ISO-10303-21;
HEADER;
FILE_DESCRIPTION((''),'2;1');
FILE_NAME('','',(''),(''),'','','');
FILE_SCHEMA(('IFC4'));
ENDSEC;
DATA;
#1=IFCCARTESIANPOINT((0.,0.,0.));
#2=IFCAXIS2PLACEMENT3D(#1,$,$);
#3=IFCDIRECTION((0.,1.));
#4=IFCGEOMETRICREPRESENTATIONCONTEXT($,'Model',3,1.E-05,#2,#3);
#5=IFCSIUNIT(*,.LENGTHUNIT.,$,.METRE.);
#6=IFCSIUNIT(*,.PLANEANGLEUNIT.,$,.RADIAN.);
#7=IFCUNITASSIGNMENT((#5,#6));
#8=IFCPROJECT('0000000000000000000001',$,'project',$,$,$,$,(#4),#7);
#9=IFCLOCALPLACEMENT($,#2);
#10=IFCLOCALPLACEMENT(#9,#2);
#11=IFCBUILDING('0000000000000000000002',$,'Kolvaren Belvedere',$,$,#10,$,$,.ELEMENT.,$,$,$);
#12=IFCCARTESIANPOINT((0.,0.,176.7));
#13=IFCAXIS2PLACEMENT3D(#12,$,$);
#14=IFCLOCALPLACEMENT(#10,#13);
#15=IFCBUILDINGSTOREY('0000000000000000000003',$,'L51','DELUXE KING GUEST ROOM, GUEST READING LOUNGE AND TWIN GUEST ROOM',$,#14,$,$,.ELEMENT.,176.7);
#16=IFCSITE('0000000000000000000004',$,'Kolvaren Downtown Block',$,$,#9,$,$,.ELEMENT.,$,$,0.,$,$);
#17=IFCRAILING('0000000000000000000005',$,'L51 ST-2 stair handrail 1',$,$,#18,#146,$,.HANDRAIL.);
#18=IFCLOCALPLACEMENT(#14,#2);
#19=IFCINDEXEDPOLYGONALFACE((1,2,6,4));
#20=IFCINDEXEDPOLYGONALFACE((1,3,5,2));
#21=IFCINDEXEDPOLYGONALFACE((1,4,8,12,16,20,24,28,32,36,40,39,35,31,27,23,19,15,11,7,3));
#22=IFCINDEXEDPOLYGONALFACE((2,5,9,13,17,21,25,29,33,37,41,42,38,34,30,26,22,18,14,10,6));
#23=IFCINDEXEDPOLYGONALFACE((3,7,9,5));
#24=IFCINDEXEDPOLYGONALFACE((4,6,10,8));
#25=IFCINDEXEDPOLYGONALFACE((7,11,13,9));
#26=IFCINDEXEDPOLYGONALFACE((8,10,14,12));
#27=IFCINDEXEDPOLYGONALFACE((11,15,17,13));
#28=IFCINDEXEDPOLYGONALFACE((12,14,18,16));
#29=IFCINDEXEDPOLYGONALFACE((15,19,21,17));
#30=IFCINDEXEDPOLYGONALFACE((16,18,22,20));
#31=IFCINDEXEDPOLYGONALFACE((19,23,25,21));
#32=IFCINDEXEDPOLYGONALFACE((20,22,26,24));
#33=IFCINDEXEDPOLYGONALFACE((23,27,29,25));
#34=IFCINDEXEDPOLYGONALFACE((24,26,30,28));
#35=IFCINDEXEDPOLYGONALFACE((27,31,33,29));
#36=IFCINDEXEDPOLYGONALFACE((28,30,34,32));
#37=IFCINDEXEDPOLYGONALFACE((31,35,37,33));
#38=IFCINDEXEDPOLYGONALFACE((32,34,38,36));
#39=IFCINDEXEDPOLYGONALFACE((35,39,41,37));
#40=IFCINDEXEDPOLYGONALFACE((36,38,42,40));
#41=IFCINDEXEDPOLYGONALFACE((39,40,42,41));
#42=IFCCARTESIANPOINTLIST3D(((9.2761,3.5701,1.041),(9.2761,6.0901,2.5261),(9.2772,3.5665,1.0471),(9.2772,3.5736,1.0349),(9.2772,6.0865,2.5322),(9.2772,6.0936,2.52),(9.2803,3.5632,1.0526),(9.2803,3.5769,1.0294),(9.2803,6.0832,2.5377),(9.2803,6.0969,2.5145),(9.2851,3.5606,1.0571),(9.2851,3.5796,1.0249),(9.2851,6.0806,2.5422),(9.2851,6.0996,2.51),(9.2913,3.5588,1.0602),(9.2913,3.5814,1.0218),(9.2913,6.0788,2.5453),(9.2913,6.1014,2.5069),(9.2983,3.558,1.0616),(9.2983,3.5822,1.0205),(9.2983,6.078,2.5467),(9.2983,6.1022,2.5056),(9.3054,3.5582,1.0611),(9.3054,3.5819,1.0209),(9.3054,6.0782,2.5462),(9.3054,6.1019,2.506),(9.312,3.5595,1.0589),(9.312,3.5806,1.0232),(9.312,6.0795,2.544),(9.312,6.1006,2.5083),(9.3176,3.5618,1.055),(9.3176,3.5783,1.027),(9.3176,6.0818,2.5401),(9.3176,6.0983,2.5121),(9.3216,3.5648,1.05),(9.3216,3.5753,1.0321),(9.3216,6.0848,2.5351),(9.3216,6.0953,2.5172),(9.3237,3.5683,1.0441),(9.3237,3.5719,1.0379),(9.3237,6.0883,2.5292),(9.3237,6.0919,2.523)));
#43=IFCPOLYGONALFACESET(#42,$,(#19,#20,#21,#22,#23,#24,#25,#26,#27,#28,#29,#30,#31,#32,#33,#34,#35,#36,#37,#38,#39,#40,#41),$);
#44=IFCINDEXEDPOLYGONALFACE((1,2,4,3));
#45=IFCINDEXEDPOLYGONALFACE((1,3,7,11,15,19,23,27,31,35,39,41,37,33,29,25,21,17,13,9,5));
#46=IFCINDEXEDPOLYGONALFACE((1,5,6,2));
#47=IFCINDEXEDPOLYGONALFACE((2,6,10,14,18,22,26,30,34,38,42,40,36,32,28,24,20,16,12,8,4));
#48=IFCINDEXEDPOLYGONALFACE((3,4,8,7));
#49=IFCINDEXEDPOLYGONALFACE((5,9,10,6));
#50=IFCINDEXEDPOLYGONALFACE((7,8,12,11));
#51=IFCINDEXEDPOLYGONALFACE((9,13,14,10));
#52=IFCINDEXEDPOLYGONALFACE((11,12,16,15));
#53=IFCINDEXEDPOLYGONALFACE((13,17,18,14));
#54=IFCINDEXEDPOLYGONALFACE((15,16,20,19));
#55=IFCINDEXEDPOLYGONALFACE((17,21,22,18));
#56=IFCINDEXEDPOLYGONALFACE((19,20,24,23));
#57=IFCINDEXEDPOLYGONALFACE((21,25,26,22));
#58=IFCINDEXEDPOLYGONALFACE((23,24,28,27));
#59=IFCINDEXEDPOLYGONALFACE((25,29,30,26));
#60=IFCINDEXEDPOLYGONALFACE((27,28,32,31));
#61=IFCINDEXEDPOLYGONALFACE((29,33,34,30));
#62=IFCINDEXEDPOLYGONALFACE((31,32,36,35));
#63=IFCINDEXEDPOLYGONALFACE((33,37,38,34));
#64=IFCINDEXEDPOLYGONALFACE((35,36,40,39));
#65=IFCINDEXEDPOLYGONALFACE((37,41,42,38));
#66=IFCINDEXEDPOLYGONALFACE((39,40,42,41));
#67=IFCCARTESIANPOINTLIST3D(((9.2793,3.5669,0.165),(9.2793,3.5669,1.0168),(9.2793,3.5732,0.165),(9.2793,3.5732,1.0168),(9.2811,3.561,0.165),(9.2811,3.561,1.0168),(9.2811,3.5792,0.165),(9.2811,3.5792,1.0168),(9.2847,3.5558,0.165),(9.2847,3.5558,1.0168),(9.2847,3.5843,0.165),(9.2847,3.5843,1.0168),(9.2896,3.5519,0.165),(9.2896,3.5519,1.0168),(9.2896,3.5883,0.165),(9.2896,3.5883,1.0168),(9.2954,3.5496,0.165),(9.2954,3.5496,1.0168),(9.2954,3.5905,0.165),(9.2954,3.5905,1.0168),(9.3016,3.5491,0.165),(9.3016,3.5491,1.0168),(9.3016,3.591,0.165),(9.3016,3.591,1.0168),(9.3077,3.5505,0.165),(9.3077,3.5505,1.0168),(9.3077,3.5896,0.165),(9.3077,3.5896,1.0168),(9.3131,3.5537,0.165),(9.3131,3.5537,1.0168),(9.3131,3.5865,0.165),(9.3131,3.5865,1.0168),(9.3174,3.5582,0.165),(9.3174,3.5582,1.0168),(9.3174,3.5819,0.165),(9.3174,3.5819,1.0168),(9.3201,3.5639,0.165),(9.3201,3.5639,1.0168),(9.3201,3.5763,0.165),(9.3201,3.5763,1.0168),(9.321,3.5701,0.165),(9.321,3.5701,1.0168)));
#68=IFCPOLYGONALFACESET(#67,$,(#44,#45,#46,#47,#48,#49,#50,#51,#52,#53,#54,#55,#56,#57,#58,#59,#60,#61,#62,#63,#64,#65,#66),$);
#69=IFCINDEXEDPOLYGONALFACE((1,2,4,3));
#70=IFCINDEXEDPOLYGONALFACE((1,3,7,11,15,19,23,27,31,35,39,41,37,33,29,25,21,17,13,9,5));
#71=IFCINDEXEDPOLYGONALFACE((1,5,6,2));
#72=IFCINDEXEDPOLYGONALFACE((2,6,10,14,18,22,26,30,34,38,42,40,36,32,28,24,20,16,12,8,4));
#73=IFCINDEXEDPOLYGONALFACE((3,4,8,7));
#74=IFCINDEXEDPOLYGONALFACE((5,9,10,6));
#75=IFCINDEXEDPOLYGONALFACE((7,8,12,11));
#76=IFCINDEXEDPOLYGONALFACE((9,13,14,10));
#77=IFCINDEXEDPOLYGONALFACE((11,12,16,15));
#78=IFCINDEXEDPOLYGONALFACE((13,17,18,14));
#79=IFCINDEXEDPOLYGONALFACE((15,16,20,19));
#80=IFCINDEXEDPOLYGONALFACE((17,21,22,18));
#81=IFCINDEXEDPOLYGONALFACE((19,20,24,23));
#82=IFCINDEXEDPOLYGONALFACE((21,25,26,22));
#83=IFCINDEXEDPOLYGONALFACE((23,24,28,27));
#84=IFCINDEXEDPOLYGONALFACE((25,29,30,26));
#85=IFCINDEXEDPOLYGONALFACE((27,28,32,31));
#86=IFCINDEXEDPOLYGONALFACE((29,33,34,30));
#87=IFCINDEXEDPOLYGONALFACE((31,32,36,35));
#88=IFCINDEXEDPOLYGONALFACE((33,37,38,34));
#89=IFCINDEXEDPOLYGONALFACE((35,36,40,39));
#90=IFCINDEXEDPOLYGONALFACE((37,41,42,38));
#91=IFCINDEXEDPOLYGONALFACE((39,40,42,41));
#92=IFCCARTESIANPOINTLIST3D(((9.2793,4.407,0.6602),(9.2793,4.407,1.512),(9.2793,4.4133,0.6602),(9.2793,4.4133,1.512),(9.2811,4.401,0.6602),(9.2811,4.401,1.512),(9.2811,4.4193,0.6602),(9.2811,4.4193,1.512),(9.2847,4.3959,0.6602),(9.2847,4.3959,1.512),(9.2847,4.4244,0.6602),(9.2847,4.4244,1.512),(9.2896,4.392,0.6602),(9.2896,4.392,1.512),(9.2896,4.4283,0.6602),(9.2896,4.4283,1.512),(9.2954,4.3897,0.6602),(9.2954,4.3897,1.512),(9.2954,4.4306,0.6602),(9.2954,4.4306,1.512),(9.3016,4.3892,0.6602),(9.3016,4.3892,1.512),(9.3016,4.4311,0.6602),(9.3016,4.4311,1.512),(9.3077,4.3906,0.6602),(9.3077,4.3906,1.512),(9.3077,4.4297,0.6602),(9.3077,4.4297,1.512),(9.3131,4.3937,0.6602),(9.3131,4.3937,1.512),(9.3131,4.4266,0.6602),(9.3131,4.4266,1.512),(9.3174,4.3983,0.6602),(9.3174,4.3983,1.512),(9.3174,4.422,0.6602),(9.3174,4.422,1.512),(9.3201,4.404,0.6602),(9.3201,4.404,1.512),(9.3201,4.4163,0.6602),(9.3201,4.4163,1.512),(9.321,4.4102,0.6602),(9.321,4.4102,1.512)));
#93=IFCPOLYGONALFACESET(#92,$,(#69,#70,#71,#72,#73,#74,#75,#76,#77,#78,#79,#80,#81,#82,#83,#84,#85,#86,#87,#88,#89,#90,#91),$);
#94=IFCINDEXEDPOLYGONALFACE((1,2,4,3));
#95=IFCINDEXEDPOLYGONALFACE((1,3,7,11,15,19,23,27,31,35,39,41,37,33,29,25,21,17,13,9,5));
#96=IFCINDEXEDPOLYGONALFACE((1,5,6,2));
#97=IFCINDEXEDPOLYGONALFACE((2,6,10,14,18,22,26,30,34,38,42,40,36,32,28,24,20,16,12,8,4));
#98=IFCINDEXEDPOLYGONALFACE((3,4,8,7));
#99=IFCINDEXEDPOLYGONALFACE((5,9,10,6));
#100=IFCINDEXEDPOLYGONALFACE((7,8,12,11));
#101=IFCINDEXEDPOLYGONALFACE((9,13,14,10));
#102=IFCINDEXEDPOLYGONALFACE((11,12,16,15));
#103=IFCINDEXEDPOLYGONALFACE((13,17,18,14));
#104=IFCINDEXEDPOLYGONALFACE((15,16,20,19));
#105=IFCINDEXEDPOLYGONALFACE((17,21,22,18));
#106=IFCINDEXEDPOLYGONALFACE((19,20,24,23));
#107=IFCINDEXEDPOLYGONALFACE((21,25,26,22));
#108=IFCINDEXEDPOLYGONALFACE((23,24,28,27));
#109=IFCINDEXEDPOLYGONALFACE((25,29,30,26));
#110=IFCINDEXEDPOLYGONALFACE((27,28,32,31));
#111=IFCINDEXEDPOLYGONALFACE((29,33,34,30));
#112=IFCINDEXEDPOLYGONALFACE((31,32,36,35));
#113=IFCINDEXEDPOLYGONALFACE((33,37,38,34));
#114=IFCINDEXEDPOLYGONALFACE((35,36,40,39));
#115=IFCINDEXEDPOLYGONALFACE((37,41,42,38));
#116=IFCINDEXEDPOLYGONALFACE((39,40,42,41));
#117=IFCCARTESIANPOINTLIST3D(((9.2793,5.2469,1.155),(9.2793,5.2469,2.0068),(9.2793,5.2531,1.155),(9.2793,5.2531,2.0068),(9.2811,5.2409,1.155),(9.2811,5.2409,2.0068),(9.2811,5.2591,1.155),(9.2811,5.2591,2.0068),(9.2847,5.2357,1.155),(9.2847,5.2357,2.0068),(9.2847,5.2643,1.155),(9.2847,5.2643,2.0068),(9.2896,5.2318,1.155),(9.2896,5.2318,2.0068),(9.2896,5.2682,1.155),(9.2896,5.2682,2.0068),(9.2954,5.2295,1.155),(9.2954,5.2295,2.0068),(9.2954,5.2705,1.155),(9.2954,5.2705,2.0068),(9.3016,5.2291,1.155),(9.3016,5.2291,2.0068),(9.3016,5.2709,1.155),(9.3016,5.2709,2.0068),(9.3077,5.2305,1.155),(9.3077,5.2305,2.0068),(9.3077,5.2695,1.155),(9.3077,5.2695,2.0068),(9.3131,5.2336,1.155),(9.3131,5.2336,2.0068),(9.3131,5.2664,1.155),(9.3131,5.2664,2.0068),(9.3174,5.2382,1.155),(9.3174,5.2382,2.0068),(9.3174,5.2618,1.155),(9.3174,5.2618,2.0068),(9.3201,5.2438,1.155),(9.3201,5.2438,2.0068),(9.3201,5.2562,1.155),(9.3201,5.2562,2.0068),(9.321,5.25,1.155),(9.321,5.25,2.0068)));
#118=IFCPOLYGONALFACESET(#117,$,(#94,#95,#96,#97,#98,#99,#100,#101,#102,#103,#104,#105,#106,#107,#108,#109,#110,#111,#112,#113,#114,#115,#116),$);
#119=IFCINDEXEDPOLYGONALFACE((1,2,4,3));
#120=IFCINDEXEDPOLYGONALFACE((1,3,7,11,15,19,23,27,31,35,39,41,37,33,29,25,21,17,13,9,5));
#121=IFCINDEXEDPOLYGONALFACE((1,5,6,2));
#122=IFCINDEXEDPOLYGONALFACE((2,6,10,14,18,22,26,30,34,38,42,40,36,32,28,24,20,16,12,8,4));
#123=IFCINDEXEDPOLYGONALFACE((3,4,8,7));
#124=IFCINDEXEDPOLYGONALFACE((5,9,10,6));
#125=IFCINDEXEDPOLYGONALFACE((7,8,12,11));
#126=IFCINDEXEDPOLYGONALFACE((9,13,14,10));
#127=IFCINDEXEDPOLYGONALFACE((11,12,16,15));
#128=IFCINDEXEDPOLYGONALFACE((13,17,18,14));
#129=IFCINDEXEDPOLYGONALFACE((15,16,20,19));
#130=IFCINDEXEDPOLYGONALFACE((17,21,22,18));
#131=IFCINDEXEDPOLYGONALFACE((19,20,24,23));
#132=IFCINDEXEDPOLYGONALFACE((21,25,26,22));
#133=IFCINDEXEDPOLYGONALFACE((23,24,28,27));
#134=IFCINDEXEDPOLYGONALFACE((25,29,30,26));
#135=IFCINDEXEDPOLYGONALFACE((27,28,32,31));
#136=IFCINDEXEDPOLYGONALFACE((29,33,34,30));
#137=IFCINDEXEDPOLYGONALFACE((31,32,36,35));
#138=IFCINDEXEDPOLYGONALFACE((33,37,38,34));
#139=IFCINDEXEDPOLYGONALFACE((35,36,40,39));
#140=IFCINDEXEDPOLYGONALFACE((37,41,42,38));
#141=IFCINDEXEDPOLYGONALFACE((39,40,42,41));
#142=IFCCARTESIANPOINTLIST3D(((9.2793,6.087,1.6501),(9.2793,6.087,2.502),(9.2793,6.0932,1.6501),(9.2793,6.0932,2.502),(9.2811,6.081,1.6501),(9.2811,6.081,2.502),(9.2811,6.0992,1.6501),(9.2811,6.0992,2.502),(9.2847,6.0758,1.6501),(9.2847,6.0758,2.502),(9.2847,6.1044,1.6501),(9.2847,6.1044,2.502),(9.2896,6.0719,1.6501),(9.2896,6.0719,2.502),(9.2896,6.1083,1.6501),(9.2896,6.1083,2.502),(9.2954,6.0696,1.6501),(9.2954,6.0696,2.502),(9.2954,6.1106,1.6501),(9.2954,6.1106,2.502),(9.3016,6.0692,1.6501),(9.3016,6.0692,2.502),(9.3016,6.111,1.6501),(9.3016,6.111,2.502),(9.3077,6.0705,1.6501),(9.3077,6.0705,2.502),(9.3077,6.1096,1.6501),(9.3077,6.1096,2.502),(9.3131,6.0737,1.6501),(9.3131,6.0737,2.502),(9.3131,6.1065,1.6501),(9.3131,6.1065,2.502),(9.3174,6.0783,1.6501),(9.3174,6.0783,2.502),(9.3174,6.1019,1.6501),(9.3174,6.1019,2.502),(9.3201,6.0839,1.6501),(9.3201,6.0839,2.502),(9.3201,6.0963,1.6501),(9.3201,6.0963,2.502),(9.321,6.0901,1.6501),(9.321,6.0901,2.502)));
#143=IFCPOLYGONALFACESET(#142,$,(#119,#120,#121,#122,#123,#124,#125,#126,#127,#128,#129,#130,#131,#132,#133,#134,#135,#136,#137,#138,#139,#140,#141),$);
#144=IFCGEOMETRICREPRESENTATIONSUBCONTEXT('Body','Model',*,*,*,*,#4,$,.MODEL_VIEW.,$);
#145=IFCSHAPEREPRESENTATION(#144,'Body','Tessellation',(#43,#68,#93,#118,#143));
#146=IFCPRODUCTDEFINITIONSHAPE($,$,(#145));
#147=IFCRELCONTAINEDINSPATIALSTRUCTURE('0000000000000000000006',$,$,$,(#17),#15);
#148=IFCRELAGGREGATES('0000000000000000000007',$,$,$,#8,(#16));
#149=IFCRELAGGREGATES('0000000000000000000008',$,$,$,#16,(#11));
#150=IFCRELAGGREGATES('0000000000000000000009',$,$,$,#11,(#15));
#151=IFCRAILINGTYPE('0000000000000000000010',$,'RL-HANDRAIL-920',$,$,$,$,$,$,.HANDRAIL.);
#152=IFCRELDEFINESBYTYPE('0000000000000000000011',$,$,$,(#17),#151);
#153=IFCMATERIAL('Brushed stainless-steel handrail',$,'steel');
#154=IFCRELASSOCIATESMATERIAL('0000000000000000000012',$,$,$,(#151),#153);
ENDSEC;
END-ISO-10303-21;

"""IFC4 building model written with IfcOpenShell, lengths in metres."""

from ifc_helpers import new_model, si_unit, direction, frame, origin, origin_2d, place, context, subcontext, project, spatial, circle, extrude, material, type_object, element, save


model = new_model("IFC4")

# Units and contexts
model_context = context("Model", 3, precision=1e-05, world=origin(), true_north=direction((0.0, 1.0)))
body_context = subcontext(model_context, "Body", "Model", "MODEL_VIEW")
ifc_project = project(units=[si_unit("LENGTHUNIT", "METRE"), si_unit("PLANEANGLEUNIT", "RADIAN")], contexts=[model_context])

# Site, building, storey
site_placement = place(None, origin())
site = spatial("IfcSite", under=ifc_project, at=site_placement, Name="Kolvaren Downtown Block", CompositionType="ELEMENT", RefElevation=0.0)
building_placement = place(site_placement, origin())
building = spatial("IfcBuilding", under=site, at=building_placement, Name="Kolvaren Belvedere", CompositionType="ELEMENT")
storey_placement = place(building_placement, frame((0.0, 0.0, 176.7)))
storey = spatial("IfcBuildingStorey", under=building, at=storey_placement, Name="L51", Description="DELUXE KING GUEST ROOM, GUEST READING LOUNGE AND TWIN GUEST ROOM", CompositionType="ELEMENT", Elevation=176.7)

# Railing
ifc_material_1 = material(Name="Brushed stainless-steel handrail", Category="steel")
railing_type_1 = type_object("IfcRailingType", Name="RL-HANDRAIL-920", PredefinedType="HANDRAIL", material=ifc_material_1)
railing_1_placement = place(storey_placement, frame((9.3, 3.5701, 0.165)))
element("IfcRailing", 1, at=railing_1_placement, inside=storey, type_object=railing_type_1, Name="L51 ST-2 stair handrail 1", PredefinedType="HANDRAIL", context=body_context, shape_type="SweptSolid", body=[
    extrude(circle(Radius=0.0239, at=origin_2d()), frame((0.0, 0.0, 0.876), z_axis=(0.0, 0.861524, 0.507717), x_axis=(-1.0, 0.0, 0.0)), (0.0, 0.0, 1.0), 2.925),
    extrude(circle(Radius=0.021, at=origin_2d()), origin(), (0.0, 0.0, 1.0), 0.8518),
    extrude(circle(Radius=0.021, at=origin_2d()), frame((0.0, 0.8401, 0.4951)), (0.0, 0.0, 1.0), 0.8518),
    extrude(circle(Radius=0.021, at=origin_2d()), frame((0.0, 1.6799, 0.99)), (0.0, 0.0, 1.0), 0.8518),
    extrude(circle(Radius=0.021, at=origin_2d()), frame((0.0, 2.52, 1.4851)), (0.0, 0.0, 1.0), 0.8518),
])

save(model, "model.ifc")
